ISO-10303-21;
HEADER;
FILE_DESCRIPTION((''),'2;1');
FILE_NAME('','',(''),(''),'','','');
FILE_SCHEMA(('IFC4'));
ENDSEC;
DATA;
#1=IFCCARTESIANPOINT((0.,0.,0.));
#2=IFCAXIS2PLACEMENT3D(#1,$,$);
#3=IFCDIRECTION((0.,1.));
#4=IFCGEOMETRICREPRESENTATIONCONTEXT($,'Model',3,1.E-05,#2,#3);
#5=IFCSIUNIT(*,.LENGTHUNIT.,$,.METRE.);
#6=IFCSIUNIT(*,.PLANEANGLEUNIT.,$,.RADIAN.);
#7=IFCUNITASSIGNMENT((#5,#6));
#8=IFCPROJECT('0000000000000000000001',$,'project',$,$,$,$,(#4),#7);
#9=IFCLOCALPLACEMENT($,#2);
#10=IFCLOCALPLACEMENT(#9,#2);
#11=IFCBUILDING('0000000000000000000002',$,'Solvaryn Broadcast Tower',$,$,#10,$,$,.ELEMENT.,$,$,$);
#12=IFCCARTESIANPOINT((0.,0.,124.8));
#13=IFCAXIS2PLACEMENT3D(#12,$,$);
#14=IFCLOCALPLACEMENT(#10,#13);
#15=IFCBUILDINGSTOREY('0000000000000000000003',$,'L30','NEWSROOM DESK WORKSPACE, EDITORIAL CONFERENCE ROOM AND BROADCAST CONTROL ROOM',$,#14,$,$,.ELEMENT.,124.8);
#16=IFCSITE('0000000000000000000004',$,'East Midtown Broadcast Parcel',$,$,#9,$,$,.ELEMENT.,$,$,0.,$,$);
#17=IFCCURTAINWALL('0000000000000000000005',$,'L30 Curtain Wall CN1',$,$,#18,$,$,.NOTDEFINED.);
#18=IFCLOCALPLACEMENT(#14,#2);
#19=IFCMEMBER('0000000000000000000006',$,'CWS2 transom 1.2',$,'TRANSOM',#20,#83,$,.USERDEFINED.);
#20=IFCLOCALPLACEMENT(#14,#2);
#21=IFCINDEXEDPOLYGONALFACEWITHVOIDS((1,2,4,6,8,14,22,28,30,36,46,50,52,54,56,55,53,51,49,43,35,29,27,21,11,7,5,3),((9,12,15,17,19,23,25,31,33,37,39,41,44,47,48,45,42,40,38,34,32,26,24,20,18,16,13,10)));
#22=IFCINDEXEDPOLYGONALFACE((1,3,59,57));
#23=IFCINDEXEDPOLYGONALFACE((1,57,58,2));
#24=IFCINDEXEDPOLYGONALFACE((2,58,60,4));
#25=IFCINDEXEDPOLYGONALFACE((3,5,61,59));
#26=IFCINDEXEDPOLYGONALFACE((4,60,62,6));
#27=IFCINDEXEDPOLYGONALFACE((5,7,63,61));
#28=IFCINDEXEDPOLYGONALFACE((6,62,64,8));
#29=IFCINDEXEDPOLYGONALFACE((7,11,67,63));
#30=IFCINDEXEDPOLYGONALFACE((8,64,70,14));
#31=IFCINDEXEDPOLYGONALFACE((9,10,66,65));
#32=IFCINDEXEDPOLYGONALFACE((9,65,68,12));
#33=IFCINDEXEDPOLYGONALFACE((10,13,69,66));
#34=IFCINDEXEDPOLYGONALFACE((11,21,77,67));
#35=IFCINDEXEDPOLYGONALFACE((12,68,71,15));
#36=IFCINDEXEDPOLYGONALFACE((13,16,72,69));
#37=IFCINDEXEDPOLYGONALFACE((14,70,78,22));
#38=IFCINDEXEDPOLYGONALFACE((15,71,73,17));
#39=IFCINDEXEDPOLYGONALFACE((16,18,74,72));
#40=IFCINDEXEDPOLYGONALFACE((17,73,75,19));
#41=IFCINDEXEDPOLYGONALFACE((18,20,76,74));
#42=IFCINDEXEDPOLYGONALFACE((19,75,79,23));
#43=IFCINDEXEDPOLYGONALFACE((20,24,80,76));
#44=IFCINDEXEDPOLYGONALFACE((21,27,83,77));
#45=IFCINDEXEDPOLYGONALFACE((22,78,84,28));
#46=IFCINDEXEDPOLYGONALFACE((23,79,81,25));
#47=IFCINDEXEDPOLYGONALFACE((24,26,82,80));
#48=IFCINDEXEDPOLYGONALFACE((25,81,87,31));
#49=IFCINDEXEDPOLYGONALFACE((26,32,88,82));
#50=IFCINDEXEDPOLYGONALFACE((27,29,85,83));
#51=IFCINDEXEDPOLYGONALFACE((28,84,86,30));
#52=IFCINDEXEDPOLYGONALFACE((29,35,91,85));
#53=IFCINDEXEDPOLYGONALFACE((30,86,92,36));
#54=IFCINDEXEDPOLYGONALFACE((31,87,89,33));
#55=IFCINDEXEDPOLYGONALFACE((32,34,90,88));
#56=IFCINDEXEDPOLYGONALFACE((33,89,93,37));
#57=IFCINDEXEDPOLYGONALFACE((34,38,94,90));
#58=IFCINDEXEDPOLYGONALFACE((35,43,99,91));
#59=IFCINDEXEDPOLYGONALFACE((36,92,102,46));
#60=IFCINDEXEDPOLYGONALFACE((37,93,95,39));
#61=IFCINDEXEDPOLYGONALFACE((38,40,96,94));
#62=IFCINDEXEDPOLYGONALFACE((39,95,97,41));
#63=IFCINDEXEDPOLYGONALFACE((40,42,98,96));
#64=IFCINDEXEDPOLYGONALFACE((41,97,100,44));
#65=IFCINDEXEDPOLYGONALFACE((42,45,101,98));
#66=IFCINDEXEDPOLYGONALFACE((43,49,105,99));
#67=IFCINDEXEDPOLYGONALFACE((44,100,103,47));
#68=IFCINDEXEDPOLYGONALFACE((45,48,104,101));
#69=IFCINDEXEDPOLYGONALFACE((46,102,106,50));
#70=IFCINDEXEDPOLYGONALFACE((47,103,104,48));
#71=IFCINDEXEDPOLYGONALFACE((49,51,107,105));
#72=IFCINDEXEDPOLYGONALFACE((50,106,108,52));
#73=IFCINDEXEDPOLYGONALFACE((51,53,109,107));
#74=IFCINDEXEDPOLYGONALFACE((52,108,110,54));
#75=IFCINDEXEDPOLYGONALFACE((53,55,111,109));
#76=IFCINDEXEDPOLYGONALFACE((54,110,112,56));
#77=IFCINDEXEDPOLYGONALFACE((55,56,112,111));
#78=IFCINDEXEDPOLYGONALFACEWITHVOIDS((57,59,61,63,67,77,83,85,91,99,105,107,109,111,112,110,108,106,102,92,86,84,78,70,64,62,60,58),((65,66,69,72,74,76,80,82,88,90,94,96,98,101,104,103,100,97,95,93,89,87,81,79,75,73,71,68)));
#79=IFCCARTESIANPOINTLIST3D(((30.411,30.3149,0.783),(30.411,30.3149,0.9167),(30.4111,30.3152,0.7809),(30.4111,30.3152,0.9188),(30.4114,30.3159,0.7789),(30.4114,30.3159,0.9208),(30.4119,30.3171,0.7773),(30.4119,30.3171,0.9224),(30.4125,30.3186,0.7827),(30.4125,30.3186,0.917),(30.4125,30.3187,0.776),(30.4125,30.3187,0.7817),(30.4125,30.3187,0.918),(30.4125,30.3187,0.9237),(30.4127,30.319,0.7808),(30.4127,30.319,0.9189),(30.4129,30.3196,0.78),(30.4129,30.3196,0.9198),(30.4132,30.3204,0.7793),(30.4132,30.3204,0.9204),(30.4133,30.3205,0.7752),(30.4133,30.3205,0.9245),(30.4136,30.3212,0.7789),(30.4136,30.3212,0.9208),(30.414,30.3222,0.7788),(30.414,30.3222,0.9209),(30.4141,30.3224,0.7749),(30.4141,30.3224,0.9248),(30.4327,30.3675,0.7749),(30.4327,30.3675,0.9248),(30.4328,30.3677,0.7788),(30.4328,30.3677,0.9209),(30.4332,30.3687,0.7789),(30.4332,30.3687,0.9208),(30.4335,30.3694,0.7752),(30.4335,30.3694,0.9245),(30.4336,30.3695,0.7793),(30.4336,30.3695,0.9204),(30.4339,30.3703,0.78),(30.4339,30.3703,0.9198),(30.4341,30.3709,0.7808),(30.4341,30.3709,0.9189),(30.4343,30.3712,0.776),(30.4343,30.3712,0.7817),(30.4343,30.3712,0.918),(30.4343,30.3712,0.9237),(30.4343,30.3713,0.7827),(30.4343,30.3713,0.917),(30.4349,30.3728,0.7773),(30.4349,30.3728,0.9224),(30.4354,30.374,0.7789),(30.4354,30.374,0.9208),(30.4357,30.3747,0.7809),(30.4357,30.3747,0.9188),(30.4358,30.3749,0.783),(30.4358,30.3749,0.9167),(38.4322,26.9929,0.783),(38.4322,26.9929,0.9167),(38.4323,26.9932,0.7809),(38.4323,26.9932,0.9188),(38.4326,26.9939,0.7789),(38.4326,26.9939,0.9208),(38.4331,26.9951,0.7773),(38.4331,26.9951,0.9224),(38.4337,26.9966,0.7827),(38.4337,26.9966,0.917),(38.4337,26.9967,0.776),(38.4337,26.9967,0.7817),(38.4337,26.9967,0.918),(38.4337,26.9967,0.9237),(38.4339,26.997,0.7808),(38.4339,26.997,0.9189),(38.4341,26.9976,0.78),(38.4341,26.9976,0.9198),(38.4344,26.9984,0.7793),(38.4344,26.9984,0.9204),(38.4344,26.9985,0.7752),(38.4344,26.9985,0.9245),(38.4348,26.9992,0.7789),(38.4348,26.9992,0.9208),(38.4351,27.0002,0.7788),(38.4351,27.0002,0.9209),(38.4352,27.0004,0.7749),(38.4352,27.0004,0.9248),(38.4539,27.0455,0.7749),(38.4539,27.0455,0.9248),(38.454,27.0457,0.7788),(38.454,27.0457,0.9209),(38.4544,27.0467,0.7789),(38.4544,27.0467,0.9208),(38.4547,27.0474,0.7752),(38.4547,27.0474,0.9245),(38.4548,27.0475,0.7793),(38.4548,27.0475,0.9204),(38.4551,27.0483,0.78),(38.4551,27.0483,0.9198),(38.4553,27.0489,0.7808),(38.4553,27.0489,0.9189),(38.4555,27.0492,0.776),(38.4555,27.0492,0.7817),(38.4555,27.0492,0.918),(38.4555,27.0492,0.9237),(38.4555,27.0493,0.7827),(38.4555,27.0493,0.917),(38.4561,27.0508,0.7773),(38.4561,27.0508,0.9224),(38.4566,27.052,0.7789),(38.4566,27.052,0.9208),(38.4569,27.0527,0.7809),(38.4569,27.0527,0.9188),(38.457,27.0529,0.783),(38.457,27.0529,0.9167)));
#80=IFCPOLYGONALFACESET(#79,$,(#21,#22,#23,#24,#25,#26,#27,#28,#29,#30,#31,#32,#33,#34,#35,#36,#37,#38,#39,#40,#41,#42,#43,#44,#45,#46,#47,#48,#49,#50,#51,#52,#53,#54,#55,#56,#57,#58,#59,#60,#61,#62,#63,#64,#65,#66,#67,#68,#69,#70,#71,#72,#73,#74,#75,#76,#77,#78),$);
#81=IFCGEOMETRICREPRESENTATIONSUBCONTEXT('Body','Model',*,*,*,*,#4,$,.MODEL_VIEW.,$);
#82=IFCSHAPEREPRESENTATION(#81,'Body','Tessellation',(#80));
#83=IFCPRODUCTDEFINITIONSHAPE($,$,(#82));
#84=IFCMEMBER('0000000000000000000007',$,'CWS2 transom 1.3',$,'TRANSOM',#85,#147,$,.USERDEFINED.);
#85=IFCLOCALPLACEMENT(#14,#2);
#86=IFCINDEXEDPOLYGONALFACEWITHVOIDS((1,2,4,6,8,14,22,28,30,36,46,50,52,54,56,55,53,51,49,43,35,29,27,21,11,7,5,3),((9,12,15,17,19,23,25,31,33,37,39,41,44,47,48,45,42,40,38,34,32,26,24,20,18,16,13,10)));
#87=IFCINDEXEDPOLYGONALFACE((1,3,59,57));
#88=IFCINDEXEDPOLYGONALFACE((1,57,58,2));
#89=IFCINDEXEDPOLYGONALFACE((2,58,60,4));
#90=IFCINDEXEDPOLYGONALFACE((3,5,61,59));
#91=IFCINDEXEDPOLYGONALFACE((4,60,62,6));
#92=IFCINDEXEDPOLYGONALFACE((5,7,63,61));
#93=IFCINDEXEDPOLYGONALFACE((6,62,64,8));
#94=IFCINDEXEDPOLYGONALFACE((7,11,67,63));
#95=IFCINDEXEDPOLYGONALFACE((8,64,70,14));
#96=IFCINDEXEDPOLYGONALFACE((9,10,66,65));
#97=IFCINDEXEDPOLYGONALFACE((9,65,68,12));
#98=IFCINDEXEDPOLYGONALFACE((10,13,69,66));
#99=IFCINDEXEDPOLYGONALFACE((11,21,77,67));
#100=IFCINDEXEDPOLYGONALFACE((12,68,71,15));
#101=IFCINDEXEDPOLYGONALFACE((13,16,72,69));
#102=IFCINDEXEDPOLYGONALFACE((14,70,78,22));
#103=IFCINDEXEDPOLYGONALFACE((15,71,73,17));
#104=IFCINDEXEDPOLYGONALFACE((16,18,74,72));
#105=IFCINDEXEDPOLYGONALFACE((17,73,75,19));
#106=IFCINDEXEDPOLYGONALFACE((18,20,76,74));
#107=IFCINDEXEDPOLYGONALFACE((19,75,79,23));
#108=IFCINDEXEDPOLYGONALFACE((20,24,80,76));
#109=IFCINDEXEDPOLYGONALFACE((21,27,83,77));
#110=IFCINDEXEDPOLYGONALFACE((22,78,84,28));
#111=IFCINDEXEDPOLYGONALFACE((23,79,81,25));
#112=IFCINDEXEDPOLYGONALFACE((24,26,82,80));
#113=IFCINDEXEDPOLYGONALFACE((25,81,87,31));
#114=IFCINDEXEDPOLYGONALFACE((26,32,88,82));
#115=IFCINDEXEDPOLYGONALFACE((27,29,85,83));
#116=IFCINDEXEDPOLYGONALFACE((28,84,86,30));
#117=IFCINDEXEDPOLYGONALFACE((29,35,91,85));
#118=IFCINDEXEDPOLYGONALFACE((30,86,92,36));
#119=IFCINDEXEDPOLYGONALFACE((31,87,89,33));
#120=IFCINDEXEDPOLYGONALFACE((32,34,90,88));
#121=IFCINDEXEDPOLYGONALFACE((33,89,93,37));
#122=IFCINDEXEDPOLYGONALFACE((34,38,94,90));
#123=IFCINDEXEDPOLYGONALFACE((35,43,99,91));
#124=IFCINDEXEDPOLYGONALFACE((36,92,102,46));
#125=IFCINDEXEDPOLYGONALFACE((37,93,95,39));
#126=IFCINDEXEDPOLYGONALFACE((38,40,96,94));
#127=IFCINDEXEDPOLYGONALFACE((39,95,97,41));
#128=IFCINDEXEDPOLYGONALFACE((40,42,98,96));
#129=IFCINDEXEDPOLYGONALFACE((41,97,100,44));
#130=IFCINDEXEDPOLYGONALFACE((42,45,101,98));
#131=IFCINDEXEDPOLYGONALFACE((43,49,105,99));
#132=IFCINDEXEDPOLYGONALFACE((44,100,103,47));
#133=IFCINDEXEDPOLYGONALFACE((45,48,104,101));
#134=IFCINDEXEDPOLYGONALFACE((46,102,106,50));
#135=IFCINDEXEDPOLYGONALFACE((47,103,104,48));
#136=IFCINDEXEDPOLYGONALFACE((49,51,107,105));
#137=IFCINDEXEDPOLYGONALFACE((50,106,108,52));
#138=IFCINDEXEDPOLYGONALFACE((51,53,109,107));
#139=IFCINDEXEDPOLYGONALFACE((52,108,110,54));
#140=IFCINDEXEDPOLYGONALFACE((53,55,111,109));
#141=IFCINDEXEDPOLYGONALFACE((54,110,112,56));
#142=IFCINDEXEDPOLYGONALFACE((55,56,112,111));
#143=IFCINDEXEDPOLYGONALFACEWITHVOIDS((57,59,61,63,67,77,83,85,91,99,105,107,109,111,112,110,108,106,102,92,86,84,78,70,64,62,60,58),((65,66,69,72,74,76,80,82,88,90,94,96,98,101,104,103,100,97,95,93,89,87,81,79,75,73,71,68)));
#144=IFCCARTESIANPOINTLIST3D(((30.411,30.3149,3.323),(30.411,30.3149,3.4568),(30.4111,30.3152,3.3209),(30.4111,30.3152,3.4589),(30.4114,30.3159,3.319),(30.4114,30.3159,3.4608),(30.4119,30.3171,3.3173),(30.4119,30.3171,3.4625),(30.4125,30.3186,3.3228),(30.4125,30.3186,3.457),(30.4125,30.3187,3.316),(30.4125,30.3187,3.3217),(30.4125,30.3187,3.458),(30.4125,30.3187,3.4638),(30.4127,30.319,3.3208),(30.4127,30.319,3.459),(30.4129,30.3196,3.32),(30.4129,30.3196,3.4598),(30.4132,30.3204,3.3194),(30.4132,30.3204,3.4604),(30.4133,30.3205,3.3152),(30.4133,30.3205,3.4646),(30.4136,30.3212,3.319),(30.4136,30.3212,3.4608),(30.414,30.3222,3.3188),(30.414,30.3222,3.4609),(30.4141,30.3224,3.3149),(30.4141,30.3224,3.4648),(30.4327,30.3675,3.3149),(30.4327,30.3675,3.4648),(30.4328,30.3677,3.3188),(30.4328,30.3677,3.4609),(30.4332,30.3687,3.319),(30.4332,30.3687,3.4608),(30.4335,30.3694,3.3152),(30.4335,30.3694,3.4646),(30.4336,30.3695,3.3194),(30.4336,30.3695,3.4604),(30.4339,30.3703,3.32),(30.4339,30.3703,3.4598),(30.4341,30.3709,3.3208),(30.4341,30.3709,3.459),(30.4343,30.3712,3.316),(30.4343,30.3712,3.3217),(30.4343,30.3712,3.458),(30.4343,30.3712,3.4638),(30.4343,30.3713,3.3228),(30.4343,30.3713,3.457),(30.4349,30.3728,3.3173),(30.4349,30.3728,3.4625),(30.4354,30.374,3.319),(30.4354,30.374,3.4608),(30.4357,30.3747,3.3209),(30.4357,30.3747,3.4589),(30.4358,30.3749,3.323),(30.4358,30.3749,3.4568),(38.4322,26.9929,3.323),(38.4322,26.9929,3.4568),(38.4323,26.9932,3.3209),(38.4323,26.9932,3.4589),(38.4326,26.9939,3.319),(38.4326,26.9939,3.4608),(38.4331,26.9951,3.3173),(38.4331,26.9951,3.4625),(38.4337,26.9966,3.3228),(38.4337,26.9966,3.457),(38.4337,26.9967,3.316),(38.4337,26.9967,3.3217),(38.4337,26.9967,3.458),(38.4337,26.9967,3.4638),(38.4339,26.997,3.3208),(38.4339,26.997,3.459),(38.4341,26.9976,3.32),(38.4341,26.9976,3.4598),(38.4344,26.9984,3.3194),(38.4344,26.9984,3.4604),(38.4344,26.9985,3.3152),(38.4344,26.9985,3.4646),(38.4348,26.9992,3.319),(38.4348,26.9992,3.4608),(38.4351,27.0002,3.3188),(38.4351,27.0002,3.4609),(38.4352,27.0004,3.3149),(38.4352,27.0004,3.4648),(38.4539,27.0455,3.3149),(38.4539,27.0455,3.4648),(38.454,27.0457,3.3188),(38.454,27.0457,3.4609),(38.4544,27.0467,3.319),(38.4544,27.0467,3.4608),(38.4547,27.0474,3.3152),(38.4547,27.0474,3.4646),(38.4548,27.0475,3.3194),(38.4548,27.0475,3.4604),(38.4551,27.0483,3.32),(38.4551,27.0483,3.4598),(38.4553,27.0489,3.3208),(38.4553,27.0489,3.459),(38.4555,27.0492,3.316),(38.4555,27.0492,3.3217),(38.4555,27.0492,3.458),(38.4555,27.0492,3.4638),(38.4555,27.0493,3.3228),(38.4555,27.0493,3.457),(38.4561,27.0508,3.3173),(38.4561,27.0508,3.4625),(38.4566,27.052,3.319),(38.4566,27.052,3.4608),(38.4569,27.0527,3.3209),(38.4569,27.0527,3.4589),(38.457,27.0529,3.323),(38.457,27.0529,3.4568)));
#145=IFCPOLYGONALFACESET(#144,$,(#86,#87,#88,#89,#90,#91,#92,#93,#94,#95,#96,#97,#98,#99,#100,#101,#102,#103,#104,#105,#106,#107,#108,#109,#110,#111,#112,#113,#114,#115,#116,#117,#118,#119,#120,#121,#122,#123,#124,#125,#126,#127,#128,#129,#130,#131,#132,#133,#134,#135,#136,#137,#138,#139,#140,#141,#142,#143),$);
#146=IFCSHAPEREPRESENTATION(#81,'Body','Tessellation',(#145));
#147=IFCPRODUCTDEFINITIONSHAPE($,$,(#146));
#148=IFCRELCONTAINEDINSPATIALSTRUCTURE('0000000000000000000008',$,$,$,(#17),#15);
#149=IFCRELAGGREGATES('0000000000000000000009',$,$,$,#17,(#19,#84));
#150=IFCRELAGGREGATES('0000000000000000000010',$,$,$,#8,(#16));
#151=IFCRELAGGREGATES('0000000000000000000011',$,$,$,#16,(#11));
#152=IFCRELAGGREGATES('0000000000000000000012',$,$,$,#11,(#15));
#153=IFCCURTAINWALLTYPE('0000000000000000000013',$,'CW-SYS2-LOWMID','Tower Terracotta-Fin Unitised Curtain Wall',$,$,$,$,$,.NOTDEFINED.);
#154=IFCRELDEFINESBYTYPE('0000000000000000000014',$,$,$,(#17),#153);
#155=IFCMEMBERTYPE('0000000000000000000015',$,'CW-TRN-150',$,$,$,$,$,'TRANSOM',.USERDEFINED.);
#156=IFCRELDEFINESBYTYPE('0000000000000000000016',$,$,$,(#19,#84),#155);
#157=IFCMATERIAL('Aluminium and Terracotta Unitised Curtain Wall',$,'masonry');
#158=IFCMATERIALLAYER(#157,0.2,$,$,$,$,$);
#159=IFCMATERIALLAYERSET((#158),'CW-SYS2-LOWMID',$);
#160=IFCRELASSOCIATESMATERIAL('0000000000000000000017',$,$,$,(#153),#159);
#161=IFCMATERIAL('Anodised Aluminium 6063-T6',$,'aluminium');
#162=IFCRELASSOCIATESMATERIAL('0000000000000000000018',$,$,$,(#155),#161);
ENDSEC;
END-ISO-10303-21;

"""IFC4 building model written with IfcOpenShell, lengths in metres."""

from ifc_helpers import new_model, si_unit, direction, frame, origin, origin_2d, place, context, subcontext, project, spatial, hollow_rectangle, extrude, material, layer, layer_set, material_profile, profile_set, type_object, element, aggregate, save


model = new_model("IFC4")

# Units and contexts
model_context = context("Model", 3, precision=1e-05, world=origin(), true_north=direction((0.0, 1.0)))
body_context = subcontext(model_context, "Body", "Model", "MODEL_VIEW")
ifc_project = project(units=[si_unit("LENGTHUNIT", "METRE"), si_unit("PLANEANGLEUNIT", "RADIAN")], contexts=[model_context])

# Site, building, storey
site_placement = place(None, origin())
site = spatial("IfcSite", under=ifc_project, at=site_placement, Name="East Midtown Broadcast Parcel", CompositionType="ELEMENT", RefElevation=0.0)
building_placement = place(site_placement, origin())
building = spatial("IfcBuilding", under=site, at=building_placement, Name="Solvaryn Broadcast Tower", CompositionType="ELEMENT")
storey_placement = place(building_placement, frame((0.0, 0.0, 124.8)))
storey = spatial("IfcBuildingStorey", under=building, at=storey_placement, Name="L30", Description="NEWSROOM DESK WORKSPACE, EDITORIAL CONFERENCE ROOM AND BROADCAST CONTROL ROOM", CompositionType="ELEMENT", Elevation=124.8)

# Curtain wall
ifc_material_1 = material(Name="Aluminium and Terracotta Unitised Curtain Wall", Category="masonry")
ifc_layer_1 = layer(ifc_material_1, 0.2)
ifc_layer_set_1 = layer_set([ifc_layer_1], Name="CW-SYS2-LOWMID")
curtain_wall_type = type_object("IfcCurtainWallType", Name="CW-SYS2-LOWMID", Description="Tower Terracotta-Fin Unitised Curtain Wall", PredefinedType="NOTDEFINED", material=ifc_layer_set_1)
curtain_wall_1_placement = place(storey_placement, origin())
curtain_wall_1 = element("IfcCurtainWall", 1, at=curtain_wall_1_placement, inside=storey, type_object=curtain_wall_type, Name="L30 Curtain Wall CN1", PredefinedType="NOTDEFINED")

# Members
ifc_material_2 = material(Name="Anodised Aluminium 6063-T6", Category="aluminium")
ifc_material_profile_1 = material_profile(ifc_material_2, hollow_rectangle(XDim=0.0649, YDim=0.1499, WallThickness=0.0039, InnerFilletRadius=0.0039, OuterFilletRadius=0.0081, at=origin_2d()))
ifc_profile_set_1 = profile_set([ifc_material_profile_1], Name="Anodised Aluminium 6063-T6")
member_type_1 = type_object("IfcMemberType", Name="CW-TRN-150", ElementType="TRANSOM", PredefinedType="USERDEFINED", material=ifc_profile_set_1)
member_1_placement = place(storey_placement, frame((38.4446, 27.0229, 0.8499), z_axis=(-0.923899, 0.382636, 0.0), x_axis=(-0.382636, -0.923899, 0.0)))
member_1 = element("IfcMember", 2, at=member_1_placement, type_object=member_type_1, Name="CWS2 transom 1.2", ObjectType="TRANSOM", PredefinedType="USERDEFINED", context=body_context, shape_type="SweptSolid", body=[
    extrude(hollow_rectangle(XDim=0.0649, YDim=0.1499, WallThickness=0.0039, InnerFilletRadius=0.0039, OuterFilletRadius=0.0081, at=origin_2d()), origin(), (0.0, 0.0, 1.0), 8.6819),
])
member_2_placement = place(storey_placement, frame((38.4446, 27.0229, 3.3899), z_axis=(-0.923899, 0.382636, 0.0), x_axis=(-0.382636, -0.923899, 0.0)))
member_2 = element("IfcMember", 3, at=member_2_placement, type_object=member_type_1, Name="CWS2 transom 1.3", ObjectType="TRANSOM", PredefinedType="USERDEFINED", context=body_context, shape_type="SweptSolid", body=[
    extrude(hollow_rectangle(XDim=0.0649, YDim=0.1499, WallThickness=0.0039, InnerFilletRadius=0.0039, OuterFilletRadius=0.0081, at=origin_2d()), origin(), (0.0, 0.0, 1.0), 8.6819),
])
aggregate(curtain_wall_1, [member_1, member_2])

save(model, "model.ifc")
